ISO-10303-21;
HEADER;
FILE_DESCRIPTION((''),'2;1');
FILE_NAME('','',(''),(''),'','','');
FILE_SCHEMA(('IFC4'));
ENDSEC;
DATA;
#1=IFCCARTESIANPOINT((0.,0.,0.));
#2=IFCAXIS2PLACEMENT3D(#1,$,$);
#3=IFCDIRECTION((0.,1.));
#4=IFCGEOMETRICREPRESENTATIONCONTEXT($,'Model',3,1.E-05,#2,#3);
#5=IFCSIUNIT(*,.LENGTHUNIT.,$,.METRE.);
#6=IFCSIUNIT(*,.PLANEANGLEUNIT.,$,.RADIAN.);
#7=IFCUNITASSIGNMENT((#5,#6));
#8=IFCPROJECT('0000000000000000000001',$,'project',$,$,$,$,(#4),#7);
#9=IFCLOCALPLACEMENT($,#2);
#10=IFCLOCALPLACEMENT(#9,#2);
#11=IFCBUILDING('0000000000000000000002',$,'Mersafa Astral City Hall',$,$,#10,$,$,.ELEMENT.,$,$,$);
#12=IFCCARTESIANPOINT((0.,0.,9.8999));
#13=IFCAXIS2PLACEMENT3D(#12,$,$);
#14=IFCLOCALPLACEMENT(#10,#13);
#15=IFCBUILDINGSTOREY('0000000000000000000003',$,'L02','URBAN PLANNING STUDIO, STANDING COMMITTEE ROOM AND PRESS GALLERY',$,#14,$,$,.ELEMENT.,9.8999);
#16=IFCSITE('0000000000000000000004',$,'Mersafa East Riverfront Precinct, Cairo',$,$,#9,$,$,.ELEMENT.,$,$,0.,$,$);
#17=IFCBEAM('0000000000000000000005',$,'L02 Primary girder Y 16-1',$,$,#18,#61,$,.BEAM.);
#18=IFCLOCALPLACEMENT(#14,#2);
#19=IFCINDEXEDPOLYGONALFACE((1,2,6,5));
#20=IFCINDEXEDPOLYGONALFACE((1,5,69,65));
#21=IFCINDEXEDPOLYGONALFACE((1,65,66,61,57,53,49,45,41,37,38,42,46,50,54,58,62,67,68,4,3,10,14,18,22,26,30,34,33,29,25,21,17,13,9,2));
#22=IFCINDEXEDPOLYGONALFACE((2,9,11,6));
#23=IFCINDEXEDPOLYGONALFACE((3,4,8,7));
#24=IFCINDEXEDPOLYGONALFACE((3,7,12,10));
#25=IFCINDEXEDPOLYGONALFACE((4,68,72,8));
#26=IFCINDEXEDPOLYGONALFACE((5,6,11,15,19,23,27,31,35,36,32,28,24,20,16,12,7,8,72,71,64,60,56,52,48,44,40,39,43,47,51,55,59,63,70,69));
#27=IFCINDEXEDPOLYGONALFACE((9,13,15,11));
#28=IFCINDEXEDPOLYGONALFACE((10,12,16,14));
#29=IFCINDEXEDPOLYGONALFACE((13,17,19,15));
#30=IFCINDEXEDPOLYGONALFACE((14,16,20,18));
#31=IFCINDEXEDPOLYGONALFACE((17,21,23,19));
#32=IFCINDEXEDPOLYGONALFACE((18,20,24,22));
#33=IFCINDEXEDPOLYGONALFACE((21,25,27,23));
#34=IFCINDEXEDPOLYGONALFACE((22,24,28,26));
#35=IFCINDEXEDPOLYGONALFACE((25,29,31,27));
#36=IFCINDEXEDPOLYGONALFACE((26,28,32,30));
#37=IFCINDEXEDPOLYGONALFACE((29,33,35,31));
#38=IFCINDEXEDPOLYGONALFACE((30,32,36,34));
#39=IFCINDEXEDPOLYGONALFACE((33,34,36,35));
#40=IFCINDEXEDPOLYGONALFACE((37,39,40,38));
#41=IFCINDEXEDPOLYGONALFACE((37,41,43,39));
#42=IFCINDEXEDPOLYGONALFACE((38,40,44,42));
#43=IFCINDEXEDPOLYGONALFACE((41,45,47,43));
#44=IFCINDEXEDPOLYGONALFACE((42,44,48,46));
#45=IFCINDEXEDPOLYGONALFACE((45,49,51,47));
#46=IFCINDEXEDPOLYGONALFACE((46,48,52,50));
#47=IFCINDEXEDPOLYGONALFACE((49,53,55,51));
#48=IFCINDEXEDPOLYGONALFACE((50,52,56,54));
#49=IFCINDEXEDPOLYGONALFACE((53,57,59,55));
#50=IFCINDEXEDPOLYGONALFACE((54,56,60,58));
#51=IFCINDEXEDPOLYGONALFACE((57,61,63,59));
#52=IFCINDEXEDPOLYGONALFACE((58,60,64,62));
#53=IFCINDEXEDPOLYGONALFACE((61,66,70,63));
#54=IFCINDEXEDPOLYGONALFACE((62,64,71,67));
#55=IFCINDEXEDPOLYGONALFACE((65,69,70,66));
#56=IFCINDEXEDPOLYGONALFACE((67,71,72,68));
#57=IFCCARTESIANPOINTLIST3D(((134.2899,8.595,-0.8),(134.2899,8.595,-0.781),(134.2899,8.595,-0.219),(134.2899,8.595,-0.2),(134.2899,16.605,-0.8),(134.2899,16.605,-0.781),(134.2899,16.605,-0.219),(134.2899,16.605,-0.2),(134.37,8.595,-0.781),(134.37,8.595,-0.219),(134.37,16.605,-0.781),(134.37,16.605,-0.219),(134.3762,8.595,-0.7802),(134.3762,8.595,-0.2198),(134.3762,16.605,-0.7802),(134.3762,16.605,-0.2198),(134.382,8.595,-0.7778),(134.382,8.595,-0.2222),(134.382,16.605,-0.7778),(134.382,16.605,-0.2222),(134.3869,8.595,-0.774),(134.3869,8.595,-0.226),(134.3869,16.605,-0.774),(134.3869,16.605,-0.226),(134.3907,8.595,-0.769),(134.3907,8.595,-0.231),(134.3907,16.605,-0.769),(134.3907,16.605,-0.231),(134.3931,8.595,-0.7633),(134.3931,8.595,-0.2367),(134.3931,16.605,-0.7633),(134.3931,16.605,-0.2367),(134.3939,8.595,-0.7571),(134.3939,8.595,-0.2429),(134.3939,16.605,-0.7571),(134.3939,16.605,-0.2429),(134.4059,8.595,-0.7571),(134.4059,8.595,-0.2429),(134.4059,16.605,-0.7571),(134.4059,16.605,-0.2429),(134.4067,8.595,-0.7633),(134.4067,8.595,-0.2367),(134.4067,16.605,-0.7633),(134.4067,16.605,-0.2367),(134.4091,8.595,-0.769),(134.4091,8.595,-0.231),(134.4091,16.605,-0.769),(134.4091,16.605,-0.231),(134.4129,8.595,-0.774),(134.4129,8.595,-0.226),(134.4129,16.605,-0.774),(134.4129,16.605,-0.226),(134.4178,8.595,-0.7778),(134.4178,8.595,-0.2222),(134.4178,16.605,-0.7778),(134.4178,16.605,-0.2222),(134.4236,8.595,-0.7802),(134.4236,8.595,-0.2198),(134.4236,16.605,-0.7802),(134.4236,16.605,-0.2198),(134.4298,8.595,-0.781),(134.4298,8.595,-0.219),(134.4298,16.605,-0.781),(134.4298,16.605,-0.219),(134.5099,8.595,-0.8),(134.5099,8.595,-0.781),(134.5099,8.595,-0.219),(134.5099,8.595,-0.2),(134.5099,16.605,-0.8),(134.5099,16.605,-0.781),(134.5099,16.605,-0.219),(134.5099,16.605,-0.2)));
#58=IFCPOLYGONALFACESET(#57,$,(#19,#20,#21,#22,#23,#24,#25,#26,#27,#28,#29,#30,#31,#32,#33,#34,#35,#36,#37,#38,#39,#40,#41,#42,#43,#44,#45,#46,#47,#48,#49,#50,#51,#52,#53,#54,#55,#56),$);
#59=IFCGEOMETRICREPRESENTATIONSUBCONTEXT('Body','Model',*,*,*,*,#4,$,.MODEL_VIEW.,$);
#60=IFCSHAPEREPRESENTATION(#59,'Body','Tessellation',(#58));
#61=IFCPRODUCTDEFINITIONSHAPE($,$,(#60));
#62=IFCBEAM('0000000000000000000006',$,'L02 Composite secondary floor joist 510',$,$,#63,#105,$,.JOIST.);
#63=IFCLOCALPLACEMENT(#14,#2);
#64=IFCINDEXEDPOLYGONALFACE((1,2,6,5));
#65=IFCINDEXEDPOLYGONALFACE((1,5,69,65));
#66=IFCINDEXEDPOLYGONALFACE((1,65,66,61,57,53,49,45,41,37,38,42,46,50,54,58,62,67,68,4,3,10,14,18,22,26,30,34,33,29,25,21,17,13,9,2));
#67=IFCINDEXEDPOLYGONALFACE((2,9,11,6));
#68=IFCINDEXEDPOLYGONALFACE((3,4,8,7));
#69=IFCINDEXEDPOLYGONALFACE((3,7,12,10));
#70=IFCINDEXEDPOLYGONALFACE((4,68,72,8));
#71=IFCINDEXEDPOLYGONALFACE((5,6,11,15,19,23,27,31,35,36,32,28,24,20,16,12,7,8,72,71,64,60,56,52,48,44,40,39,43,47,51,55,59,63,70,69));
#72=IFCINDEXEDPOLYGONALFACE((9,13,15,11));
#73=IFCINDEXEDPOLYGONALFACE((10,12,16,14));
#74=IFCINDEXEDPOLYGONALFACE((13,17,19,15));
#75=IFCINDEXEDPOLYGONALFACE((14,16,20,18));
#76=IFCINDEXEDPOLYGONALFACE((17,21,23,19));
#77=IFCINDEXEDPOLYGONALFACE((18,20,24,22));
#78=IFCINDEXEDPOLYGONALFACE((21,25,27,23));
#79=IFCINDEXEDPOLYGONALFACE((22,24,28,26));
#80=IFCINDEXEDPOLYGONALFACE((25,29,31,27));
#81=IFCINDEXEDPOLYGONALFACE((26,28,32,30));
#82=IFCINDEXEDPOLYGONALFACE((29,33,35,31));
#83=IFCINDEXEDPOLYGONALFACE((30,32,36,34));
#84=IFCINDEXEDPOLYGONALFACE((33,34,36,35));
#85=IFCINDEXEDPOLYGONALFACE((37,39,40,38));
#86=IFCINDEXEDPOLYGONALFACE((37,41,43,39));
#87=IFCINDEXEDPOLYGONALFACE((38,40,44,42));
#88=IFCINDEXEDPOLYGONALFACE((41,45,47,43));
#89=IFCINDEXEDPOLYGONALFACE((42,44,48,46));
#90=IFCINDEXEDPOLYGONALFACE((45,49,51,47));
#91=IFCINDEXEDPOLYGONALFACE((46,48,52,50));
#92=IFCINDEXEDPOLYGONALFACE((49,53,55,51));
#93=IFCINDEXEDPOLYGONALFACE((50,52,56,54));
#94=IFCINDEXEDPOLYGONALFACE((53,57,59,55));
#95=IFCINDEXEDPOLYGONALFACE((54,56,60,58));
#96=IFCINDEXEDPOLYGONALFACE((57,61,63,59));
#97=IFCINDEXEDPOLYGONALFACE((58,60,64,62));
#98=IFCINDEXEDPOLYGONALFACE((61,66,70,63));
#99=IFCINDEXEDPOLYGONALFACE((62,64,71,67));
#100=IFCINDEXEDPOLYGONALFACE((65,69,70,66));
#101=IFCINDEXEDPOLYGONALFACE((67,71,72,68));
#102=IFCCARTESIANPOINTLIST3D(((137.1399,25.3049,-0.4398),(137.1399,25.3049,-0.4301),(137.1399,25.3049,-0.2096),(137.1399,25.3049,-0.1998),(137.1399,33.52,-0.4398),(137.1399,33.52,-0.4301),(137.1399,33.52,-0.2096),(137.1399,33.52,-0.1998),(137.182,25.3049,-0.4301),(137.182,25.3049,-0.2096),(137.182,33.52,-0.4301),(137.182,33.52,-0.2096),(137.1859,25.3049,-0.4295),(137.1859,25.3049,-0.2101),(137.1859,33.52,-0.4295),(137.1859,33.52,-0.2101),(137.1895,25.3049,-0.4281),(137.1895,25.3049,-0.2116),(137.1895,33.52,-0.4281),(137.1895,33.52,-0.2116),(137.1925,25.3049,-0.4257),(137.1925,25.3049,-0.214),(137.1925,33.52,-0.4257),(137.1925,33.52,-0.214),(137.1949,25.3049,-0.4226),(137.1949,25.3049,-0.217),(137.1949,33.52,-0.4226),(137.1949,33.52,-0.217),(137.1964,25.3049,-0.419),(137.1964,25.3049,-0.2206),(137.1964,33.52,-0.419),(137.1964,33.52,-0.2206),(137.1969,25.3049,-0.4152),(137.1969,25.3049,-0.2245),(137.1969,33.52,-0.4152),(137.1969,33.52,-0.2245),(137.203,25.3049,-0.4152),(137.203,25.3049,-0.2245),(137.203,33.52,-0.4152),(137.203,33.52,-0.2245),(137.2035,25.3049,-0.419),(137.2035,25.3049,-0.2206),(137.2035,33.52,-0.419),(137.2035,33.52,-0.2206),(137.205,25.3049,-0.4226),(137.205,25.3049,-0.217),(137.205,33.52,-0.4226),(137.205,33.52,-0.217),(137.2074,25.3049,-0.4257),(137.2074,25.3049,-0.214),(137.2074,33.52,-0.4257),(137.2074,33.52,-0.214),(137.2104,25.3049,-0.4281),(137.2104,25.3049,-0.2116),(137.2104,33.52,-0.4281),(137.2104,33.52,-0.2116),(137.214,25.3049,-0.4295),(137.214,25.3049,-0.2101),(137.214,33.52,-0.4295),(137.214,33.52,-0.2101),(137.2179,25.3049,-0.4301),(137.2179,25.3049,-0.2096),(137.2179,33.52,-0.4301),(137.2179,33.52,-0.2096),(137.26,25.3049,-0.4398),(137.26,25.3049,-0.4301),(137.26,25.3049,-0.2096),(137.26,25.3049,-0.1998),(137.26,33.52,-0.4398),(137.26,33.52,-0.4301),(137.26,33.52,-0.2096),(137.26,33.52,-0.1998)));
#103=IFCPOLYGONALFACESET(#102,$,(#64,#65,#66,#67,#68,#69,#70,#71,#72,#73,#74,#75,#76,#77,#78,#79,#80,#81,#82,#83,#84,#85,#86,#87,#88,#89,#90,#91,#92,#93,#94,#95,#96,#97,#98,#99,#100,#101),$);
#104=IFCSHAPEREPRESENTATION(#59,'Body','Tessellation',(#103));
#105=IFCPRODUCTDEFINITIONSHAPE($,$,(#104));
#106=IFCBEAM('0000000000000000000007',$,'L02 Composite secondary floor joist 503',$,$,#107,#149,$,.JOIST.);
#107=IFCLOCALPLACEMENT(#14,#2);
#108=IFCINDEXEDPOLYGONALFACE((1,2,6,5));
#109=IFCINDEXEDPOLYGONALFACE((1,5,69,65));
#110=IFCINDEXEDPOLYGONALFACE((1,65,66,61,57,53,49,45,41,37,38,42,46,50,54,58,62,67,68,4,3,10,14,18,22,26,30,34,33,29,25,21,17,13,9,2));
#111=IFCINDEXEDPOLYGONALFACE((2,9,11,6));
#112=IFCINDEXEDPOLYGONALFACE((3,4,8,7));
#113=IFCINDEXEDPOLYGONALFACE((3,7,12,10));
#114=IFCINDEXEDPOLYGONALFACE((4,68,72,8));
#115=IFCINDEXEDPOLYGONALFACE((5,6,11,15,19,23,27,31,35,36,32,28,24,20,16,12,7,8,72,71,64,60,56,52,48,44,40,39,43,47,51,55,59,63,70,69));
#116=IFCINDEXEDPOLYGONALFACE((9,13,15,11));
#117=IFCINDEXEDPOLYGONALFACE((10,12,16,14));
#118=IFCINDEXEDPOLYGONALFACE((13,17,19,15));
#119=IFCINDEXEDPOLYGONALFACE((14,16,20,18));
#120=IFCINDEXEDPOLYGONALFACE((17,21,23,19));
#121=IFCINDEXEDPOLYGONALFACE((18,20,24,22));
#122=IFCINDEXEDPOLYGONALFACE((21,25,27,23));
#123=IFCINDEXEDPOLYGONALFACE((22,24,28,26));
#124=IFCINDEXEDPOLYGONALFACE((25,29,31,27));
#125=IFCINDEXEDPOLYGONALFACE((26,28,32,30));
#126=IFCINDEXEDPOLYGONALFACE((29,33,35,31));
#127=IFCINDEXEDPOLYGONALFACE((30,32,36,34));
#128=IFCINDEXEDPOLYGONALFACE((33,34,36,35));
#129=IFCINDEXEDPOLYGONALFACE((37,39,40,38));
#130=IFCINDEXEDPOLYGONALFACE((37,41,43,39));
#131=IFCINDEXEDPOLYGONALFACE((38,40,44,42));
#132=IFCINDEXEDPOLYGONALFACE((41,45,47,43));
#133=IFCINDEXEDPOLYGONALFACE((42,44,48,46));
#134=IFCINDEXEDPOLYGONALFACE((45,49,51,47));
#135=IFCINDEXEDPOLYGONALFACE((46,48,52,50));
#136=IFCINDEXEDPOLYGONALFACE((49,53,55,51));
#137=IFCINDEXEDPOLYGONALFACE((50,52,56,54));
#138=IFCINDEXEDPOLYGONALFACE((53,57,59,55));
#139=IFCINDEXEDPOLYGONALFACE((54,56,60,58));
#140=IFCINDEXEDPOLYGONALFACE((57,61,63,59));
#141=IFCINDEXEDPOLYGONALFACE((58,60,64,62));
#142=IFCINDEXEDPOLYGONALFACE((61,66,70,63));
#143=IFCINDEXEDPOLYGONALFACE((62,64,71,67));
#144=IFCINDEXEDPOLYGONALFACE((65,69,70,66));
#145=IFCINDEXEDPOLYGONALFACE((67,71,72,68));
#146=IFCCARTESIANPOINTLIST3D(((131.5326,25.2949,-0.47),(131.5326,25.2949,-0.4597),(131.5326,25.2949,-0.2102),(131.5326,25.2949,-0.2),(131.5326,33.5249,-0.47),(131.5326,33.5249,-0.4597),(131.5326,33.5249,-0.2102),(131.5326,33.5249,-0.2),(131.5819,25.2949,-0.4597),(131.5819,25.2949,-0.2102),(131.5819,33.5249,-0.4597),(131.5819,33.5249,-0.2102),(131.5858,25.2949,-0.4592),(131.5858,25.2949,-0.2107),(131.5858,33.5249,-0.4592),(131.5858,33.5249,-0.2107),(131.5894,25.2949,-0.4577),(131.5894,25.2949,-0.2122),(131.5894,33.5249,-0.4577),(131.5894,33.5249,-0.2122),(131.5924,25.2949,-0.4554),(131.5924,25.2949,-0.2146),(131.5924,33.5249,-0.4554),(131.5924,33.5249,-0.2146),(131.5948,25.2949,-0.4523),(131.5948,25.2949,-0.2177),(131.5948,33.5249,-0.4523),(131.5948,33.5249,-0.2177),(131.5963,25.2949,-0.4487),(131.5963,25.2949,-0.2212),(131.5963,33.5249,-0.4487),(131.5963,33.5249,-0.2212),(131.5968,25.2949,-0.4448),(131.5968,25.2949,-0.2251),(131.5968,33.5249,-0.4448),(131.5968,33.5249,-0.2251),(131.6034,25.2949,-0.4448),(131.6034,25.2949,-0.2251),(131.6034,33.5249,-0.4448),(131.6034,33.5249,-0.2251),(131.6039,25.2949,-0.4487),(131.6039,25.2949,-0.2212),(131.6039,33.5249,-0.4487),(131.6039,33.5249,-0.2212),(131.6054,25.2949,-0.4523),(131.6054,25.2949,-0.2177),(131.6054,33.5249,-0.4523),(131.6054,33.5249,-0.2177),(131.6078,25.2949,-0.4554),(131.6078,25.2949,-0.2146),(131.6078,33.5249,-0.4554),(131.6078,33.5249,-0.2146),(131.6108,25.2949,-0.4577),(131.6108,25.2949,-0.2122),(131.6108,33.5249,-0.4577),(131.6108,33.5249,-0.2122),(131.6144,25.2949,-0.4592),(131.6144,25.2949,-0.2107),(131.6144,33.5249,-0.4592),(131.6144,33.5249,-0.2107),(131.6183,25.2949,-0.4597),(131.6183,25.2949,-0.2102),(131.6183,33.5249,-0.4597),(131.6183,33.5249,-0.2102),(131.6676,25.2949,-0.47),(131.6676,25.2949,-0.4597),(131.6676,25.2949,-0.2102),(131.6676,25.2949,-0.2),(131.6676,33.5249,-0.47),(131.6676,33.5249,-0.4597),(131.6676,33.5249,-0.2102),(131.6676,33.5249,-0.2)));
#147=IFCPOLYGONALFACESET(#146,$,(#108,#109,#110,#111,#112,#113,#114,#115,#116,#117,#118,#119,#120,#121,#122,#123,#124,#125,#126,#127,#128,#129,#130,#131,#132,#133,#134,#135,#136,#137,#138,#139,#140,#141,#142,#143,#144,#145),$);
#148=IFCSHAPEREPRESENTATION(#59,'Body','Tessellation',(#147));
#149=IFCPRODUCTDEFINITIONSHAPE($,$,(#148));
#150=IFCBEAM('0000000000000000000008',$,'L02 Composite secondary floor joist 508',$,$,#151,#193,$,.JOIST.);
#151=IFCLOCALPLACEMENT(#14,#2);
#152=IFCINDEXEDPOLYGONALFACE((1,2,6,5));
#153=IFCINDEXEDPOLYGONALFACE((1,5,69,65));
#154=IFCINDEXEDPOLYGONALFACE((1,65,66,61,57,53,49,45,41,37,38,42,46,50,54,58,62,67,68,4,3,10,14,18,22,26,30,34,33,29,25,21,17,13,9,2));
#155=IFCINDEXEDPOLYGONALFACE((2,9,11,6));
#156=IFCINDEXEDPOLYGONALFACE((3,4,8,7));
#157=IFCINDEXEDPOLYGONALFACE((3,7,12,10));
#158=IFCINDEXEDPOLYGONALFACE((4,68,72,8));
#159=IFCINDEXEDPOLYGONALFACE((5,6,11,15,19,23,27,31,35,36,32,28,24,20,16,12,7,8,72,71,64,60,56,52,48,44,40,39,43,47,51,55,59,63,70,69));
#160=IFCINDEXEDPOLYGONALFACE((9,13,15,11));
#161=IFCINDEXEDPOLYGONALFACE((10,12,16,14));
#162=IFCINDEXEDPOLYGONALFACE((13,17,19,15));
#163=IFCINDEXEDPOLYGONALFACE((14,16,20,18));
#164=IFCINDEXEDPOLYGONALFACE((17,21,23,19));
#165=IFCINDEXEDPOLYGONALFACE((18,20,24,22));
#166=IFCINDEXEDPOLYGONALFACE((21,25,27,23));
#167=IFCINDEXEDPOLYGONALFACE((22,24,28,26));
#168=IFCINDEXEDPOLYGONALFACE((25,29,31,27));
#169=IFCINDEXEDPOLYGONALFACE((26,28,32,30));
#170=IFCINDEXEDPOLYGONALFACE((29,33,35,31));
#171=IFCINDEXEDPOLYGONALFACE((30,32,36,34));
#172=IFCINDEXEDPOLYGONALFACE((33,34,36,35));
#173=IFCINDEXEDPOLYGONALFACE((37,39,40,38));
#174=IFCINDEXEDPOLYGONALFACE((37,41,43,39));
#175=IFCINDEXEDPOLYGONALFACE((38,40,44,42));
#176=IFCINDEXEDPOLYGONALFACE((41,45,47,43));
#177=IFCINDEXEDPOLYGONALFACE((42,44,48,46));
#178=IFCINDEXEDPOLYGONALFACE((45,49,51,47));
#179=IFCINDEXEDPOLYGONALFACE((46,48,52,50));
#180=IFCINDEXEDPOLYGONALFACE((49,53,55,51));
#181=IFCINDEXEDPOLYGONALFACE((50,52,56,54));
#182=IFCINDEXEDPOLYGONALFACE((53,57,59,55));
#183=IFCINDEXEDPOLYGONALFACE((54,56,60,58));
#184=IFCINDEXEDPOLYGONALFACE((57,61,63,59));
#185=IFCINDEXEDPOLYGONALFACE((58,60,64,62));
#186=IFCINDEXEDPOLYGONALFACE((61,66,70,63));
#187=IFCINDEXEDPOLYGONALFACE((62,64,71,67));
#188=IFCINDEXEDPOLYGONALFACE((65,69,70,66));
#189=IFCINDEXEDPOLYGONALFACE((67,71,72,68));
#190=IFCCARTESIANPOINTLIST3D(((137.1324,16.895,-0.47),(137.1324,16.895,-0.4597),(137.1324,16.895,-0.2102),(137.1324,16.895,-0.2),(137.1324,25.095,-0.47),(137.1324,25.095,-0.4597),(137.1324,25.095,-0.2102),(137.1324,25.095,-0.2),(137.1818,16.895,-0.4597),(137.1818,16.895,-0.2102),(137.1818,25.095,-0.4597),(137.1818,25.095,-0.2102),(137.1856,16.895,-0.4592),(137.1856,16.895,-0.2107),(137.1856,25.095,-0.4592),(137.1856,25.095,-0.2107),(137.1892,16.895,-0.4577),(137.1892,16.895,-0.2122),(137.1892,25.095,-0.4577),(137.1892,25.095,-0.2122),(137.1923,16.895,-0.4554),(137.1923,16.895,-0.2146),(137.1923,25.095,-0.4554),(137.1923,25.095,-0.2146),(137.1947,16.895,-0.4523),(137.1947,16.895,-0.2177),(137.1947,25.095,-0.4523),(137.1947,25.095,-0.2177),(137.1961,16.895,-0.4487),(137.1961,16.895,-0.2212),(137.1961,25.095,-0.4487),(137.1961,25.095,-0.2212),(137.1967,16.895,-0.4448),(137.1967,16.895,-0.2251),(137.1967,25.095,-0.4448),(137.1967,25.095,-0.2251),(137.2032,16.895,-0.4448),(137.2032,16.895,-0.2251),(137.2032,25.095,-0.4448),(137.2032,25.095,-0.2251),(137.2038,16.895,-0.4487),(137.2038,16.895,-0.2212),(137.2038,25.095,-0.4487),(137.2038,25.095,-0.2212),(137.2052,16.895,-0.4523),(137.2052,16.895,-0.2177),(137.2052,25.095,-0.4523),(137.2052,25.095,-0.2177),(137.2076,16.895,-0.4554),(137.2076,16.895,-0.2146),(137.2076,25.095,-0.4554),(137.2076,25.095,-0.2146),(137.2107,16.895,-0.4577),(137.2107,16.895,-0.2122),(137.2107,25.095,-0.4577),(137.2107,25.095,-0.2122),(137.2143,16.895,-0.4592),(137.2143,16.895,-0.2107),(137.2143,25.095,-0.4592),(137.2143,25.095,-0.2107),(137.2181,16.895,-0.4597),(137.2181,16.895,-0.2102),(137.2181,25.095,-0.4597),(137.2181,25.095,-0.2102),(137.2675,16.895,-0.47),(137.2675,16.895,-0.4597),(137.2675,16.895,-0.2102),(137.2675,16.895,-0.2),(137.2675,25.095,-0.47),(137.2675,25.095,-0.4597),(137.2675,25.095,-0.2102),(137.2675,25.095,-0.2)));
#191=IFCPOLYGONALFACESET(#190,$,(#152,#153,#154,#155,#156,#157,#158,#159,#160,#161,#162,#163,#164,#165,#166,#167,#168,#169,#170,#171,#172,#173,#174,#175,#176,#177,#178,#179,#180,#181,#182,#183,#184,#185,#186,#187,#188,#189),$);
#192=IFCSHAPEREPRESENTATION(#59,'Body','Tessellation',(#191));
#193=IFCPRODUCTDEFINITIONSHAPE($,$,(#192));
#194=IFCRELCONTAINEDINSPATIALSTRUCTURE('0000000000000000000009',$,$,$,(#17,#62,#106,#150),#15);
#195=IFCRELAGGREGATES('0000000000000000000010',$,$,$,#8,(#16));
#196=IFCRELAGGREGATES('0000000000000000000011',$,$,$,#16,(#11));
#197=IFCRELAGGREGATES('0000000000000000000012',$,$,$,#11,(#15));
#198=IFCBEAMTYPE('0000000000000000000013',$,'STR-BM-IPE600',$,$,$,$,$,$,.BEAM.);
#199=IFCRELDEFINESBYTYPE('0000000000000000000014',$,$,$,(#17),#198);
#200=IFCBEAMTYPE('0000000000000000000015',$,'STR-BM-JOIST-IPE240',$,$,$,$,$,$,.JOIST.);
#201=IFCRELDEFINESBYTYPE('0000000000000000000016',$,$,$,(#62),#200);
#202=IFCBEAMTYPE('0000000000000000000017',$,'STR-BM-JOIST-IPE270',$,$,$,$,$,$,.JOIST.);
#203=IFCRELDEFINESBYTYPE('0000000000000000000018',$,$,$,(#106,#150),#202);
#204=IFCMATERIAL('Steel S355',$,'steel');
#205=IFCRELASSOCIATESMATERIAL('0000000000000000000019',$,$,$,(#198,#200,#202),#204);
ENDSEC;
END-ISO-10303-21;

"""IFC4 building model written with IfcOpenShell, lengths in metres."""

from ifc_helpers import new_model, si_unit, direction, frame, origin, origin_2d, place, context, subcontext, project, spatial, i_section, extrude, material, material_profile, profile_set, type_object, element, save


model = new_model("IFC4")

# Units and contexts
model_context = context("Model", 3, precision=1e-05, world=origin(), true_north=direction((0.0, 1.0)))
body_context = subcontext(model_context, "Body", "Model", "MODEL_VIEW")
ifc_project = project(units=[si_unit("LENGTHUNIT", "METRE"), si_unit("PLANEANGLEUNIT", "RADIAN")], contexts=[model_context])

# Site, building, storey
site_placement = place(None, origin())
site = spatial("IfcSite", under=ifc_project, at=site_placement, Name="Mersafa East Riverfront Precinct, Cairo", CompositionType="ELEMENT", RefElevation=0.0)
building_placement = place(site_placement, origin())
building = spatial("IfcBuilding", under=site, at=building_placement, Name="Mersafa Astral City Hall", CompositionType="ELEMENT")
storey_placement = place(building_placement, frame((0.0, 0.0, 9.8999)))
storey = spatial("IfcBuildingStorey", under=building, at=storey_placement, Name="L02", Description="URBAN PLANNING STUDIO, STANDING COMMITTEE ROOM AND PRESS GALLERY", CompositionType="ELEMENT", Elevation=9.8999)

# Shared definitions
ifc_material_1 = material(Name="Steel S355", Category="steel")

# Beams
ifc_material_profile_1 = material_profile(ifc_material_1, i_section(OverallWidth=0.22, OverallDepth=0.6001, WebThickness=0.012, FlangeThickness=0.019, FilletRadius=0.0239, at=origin_2d()), Name="IPE 600")
ifc_profile_set_1 = profile_set([ifc_material_profile_1], Name="Steel S355")
beam_type_1 = type_object("IfcBeamType", Name="STR-BM-IPE600", PredefinedType="BEAM", material=ifc_profile_set_1)
beam_1_placement = place(storey_placement, frame((134.3999, 8.595, -0.5), z_axis=(0.0, 1.0, 0.0), x_axis=(-1.0, 0.0, 0.0)))
element("IfcBeam", 1, at=beam_1_placement, inside=storey, type_object=beam_type_1, Name="L02 Primary girder Y 16-1", PredefinedType="BEAM", context=body_context, shape_type="SweptSolid", body=[
    extrude(i_section(OverallWidth=0.22, OverallDepth=0.6001, WebThickness=0.012, FlangeThickness=0.019, FilletRadius=0.0239, at=origin_2d()), origin(), (0.0, 0.0, 1.0), 8.01),
])
ifc_material_profile_2 = material_profile(ifc_material_1, i_section(OverallWidth=0.1201, OverallDepth=0.24, WebThickness=0.0061, FlangeThickness=0.0098, FilletRadius=0.0149, at=origin_2d()), Name="IPE 240")
ifc_profile_set_2 = profile_set([ifc_material_profile_2], Name="Steel S355")
beam_type_2 = type_object("IfcBeamType", Name="STR-BM-JOIST-IPE240", PredefinedType="JOIST", material=ifc_profile_set_2)
beam_2_placement = place(storey_placement, frame((137.2, 25.3049, -0.3198), z_axis=(0.0, 1.0, 0.0), x_axis=(-1.0, 0.0, 0.0)))
element("IfcBeam", 2, at=beam_2_placement, inside=storey, type_object=beam_type_2, Name="L02 Composite secondary floor joist 510", PredefinedType="JOIST", context=body_context, shape_type="SweptSolid", body=[
    extrude(i_section(OverallWidth=0.1201, OverallDepth=0.24, WebThickness=0.0061, FlangeThickness=0.0098, FilletRadius=0.0149, at=origin_2d()), origin(), (0.0, 0.0, 1.0), 8.2151),
])
ifc_material_profile_3 = material_profile(ifc_material_1, i_section(OverallWidth=0.135, OverallDepth=0.27, WebThickness=0.0066, FlangeThickness=0.0103, FilletRadius=0.0149, at=origin_2d()), Name="IPE 270")
ifc_profile_set_3 = profile_set([ifc_material_profile_3], Name="Steel S355")
beam_type_3 = type_object("IfcBeamType", Name="STR-BM-JOIST-IPE270", PredefinedType="JOIST", material=ifc_profile_set_3)
beam_3_placement = place(storey_placement, frame((131.6001, 25.2949, -0.335), z_axis=(0.0, 1.0, 0.0), x_axis=(-1.0, 0.0, 0.0)))
element("IfcBeam", 3, at=beam_3_placement, inside=storey, type_object=beam_type_3, Name="L02 Composite secondary floor joist 503", PredefinedType="JOIST", context=body_context, shape_type="SweptSolid", body=[
    extrude(i_section(OverallWidth=0.135, OverallDepth=0.27, WebThickness=0.0066, FlangeThickness=0.0103, FilletRadius=0.0149, at=origin_2d()), origin(), (0.0, 0.0, 1.0), 8.23),
])
for number, where, z_axis, x_axis, name in (
    (4, (137.2, 16.895, -0.335), (0.0, 1.0, 0.0), (-1.0, 0.0, 0.0), "L02 Composite secondary floor joist 508"),
):
    element("IfcBeam", number, at=place(storey_placement, frame(where, z_axis=z_axis, x_axis=x_axis)), inside=storey, type_object=beam_type_3, Name=name, PredefinedType="JOIST", context=body_context, shape_type="SweptSolid", body=[
        extrude(i_section(OverallWidth=0.135, OverallDepth=0.27, WebThickness=0.0066, FlangeThickness=0.0103, FilletRadius=0.0149, at=origin_2d()), origin(), (0.0, 0.0, 1.0), 8.2),
    ])

save(model, "model.ifc")
